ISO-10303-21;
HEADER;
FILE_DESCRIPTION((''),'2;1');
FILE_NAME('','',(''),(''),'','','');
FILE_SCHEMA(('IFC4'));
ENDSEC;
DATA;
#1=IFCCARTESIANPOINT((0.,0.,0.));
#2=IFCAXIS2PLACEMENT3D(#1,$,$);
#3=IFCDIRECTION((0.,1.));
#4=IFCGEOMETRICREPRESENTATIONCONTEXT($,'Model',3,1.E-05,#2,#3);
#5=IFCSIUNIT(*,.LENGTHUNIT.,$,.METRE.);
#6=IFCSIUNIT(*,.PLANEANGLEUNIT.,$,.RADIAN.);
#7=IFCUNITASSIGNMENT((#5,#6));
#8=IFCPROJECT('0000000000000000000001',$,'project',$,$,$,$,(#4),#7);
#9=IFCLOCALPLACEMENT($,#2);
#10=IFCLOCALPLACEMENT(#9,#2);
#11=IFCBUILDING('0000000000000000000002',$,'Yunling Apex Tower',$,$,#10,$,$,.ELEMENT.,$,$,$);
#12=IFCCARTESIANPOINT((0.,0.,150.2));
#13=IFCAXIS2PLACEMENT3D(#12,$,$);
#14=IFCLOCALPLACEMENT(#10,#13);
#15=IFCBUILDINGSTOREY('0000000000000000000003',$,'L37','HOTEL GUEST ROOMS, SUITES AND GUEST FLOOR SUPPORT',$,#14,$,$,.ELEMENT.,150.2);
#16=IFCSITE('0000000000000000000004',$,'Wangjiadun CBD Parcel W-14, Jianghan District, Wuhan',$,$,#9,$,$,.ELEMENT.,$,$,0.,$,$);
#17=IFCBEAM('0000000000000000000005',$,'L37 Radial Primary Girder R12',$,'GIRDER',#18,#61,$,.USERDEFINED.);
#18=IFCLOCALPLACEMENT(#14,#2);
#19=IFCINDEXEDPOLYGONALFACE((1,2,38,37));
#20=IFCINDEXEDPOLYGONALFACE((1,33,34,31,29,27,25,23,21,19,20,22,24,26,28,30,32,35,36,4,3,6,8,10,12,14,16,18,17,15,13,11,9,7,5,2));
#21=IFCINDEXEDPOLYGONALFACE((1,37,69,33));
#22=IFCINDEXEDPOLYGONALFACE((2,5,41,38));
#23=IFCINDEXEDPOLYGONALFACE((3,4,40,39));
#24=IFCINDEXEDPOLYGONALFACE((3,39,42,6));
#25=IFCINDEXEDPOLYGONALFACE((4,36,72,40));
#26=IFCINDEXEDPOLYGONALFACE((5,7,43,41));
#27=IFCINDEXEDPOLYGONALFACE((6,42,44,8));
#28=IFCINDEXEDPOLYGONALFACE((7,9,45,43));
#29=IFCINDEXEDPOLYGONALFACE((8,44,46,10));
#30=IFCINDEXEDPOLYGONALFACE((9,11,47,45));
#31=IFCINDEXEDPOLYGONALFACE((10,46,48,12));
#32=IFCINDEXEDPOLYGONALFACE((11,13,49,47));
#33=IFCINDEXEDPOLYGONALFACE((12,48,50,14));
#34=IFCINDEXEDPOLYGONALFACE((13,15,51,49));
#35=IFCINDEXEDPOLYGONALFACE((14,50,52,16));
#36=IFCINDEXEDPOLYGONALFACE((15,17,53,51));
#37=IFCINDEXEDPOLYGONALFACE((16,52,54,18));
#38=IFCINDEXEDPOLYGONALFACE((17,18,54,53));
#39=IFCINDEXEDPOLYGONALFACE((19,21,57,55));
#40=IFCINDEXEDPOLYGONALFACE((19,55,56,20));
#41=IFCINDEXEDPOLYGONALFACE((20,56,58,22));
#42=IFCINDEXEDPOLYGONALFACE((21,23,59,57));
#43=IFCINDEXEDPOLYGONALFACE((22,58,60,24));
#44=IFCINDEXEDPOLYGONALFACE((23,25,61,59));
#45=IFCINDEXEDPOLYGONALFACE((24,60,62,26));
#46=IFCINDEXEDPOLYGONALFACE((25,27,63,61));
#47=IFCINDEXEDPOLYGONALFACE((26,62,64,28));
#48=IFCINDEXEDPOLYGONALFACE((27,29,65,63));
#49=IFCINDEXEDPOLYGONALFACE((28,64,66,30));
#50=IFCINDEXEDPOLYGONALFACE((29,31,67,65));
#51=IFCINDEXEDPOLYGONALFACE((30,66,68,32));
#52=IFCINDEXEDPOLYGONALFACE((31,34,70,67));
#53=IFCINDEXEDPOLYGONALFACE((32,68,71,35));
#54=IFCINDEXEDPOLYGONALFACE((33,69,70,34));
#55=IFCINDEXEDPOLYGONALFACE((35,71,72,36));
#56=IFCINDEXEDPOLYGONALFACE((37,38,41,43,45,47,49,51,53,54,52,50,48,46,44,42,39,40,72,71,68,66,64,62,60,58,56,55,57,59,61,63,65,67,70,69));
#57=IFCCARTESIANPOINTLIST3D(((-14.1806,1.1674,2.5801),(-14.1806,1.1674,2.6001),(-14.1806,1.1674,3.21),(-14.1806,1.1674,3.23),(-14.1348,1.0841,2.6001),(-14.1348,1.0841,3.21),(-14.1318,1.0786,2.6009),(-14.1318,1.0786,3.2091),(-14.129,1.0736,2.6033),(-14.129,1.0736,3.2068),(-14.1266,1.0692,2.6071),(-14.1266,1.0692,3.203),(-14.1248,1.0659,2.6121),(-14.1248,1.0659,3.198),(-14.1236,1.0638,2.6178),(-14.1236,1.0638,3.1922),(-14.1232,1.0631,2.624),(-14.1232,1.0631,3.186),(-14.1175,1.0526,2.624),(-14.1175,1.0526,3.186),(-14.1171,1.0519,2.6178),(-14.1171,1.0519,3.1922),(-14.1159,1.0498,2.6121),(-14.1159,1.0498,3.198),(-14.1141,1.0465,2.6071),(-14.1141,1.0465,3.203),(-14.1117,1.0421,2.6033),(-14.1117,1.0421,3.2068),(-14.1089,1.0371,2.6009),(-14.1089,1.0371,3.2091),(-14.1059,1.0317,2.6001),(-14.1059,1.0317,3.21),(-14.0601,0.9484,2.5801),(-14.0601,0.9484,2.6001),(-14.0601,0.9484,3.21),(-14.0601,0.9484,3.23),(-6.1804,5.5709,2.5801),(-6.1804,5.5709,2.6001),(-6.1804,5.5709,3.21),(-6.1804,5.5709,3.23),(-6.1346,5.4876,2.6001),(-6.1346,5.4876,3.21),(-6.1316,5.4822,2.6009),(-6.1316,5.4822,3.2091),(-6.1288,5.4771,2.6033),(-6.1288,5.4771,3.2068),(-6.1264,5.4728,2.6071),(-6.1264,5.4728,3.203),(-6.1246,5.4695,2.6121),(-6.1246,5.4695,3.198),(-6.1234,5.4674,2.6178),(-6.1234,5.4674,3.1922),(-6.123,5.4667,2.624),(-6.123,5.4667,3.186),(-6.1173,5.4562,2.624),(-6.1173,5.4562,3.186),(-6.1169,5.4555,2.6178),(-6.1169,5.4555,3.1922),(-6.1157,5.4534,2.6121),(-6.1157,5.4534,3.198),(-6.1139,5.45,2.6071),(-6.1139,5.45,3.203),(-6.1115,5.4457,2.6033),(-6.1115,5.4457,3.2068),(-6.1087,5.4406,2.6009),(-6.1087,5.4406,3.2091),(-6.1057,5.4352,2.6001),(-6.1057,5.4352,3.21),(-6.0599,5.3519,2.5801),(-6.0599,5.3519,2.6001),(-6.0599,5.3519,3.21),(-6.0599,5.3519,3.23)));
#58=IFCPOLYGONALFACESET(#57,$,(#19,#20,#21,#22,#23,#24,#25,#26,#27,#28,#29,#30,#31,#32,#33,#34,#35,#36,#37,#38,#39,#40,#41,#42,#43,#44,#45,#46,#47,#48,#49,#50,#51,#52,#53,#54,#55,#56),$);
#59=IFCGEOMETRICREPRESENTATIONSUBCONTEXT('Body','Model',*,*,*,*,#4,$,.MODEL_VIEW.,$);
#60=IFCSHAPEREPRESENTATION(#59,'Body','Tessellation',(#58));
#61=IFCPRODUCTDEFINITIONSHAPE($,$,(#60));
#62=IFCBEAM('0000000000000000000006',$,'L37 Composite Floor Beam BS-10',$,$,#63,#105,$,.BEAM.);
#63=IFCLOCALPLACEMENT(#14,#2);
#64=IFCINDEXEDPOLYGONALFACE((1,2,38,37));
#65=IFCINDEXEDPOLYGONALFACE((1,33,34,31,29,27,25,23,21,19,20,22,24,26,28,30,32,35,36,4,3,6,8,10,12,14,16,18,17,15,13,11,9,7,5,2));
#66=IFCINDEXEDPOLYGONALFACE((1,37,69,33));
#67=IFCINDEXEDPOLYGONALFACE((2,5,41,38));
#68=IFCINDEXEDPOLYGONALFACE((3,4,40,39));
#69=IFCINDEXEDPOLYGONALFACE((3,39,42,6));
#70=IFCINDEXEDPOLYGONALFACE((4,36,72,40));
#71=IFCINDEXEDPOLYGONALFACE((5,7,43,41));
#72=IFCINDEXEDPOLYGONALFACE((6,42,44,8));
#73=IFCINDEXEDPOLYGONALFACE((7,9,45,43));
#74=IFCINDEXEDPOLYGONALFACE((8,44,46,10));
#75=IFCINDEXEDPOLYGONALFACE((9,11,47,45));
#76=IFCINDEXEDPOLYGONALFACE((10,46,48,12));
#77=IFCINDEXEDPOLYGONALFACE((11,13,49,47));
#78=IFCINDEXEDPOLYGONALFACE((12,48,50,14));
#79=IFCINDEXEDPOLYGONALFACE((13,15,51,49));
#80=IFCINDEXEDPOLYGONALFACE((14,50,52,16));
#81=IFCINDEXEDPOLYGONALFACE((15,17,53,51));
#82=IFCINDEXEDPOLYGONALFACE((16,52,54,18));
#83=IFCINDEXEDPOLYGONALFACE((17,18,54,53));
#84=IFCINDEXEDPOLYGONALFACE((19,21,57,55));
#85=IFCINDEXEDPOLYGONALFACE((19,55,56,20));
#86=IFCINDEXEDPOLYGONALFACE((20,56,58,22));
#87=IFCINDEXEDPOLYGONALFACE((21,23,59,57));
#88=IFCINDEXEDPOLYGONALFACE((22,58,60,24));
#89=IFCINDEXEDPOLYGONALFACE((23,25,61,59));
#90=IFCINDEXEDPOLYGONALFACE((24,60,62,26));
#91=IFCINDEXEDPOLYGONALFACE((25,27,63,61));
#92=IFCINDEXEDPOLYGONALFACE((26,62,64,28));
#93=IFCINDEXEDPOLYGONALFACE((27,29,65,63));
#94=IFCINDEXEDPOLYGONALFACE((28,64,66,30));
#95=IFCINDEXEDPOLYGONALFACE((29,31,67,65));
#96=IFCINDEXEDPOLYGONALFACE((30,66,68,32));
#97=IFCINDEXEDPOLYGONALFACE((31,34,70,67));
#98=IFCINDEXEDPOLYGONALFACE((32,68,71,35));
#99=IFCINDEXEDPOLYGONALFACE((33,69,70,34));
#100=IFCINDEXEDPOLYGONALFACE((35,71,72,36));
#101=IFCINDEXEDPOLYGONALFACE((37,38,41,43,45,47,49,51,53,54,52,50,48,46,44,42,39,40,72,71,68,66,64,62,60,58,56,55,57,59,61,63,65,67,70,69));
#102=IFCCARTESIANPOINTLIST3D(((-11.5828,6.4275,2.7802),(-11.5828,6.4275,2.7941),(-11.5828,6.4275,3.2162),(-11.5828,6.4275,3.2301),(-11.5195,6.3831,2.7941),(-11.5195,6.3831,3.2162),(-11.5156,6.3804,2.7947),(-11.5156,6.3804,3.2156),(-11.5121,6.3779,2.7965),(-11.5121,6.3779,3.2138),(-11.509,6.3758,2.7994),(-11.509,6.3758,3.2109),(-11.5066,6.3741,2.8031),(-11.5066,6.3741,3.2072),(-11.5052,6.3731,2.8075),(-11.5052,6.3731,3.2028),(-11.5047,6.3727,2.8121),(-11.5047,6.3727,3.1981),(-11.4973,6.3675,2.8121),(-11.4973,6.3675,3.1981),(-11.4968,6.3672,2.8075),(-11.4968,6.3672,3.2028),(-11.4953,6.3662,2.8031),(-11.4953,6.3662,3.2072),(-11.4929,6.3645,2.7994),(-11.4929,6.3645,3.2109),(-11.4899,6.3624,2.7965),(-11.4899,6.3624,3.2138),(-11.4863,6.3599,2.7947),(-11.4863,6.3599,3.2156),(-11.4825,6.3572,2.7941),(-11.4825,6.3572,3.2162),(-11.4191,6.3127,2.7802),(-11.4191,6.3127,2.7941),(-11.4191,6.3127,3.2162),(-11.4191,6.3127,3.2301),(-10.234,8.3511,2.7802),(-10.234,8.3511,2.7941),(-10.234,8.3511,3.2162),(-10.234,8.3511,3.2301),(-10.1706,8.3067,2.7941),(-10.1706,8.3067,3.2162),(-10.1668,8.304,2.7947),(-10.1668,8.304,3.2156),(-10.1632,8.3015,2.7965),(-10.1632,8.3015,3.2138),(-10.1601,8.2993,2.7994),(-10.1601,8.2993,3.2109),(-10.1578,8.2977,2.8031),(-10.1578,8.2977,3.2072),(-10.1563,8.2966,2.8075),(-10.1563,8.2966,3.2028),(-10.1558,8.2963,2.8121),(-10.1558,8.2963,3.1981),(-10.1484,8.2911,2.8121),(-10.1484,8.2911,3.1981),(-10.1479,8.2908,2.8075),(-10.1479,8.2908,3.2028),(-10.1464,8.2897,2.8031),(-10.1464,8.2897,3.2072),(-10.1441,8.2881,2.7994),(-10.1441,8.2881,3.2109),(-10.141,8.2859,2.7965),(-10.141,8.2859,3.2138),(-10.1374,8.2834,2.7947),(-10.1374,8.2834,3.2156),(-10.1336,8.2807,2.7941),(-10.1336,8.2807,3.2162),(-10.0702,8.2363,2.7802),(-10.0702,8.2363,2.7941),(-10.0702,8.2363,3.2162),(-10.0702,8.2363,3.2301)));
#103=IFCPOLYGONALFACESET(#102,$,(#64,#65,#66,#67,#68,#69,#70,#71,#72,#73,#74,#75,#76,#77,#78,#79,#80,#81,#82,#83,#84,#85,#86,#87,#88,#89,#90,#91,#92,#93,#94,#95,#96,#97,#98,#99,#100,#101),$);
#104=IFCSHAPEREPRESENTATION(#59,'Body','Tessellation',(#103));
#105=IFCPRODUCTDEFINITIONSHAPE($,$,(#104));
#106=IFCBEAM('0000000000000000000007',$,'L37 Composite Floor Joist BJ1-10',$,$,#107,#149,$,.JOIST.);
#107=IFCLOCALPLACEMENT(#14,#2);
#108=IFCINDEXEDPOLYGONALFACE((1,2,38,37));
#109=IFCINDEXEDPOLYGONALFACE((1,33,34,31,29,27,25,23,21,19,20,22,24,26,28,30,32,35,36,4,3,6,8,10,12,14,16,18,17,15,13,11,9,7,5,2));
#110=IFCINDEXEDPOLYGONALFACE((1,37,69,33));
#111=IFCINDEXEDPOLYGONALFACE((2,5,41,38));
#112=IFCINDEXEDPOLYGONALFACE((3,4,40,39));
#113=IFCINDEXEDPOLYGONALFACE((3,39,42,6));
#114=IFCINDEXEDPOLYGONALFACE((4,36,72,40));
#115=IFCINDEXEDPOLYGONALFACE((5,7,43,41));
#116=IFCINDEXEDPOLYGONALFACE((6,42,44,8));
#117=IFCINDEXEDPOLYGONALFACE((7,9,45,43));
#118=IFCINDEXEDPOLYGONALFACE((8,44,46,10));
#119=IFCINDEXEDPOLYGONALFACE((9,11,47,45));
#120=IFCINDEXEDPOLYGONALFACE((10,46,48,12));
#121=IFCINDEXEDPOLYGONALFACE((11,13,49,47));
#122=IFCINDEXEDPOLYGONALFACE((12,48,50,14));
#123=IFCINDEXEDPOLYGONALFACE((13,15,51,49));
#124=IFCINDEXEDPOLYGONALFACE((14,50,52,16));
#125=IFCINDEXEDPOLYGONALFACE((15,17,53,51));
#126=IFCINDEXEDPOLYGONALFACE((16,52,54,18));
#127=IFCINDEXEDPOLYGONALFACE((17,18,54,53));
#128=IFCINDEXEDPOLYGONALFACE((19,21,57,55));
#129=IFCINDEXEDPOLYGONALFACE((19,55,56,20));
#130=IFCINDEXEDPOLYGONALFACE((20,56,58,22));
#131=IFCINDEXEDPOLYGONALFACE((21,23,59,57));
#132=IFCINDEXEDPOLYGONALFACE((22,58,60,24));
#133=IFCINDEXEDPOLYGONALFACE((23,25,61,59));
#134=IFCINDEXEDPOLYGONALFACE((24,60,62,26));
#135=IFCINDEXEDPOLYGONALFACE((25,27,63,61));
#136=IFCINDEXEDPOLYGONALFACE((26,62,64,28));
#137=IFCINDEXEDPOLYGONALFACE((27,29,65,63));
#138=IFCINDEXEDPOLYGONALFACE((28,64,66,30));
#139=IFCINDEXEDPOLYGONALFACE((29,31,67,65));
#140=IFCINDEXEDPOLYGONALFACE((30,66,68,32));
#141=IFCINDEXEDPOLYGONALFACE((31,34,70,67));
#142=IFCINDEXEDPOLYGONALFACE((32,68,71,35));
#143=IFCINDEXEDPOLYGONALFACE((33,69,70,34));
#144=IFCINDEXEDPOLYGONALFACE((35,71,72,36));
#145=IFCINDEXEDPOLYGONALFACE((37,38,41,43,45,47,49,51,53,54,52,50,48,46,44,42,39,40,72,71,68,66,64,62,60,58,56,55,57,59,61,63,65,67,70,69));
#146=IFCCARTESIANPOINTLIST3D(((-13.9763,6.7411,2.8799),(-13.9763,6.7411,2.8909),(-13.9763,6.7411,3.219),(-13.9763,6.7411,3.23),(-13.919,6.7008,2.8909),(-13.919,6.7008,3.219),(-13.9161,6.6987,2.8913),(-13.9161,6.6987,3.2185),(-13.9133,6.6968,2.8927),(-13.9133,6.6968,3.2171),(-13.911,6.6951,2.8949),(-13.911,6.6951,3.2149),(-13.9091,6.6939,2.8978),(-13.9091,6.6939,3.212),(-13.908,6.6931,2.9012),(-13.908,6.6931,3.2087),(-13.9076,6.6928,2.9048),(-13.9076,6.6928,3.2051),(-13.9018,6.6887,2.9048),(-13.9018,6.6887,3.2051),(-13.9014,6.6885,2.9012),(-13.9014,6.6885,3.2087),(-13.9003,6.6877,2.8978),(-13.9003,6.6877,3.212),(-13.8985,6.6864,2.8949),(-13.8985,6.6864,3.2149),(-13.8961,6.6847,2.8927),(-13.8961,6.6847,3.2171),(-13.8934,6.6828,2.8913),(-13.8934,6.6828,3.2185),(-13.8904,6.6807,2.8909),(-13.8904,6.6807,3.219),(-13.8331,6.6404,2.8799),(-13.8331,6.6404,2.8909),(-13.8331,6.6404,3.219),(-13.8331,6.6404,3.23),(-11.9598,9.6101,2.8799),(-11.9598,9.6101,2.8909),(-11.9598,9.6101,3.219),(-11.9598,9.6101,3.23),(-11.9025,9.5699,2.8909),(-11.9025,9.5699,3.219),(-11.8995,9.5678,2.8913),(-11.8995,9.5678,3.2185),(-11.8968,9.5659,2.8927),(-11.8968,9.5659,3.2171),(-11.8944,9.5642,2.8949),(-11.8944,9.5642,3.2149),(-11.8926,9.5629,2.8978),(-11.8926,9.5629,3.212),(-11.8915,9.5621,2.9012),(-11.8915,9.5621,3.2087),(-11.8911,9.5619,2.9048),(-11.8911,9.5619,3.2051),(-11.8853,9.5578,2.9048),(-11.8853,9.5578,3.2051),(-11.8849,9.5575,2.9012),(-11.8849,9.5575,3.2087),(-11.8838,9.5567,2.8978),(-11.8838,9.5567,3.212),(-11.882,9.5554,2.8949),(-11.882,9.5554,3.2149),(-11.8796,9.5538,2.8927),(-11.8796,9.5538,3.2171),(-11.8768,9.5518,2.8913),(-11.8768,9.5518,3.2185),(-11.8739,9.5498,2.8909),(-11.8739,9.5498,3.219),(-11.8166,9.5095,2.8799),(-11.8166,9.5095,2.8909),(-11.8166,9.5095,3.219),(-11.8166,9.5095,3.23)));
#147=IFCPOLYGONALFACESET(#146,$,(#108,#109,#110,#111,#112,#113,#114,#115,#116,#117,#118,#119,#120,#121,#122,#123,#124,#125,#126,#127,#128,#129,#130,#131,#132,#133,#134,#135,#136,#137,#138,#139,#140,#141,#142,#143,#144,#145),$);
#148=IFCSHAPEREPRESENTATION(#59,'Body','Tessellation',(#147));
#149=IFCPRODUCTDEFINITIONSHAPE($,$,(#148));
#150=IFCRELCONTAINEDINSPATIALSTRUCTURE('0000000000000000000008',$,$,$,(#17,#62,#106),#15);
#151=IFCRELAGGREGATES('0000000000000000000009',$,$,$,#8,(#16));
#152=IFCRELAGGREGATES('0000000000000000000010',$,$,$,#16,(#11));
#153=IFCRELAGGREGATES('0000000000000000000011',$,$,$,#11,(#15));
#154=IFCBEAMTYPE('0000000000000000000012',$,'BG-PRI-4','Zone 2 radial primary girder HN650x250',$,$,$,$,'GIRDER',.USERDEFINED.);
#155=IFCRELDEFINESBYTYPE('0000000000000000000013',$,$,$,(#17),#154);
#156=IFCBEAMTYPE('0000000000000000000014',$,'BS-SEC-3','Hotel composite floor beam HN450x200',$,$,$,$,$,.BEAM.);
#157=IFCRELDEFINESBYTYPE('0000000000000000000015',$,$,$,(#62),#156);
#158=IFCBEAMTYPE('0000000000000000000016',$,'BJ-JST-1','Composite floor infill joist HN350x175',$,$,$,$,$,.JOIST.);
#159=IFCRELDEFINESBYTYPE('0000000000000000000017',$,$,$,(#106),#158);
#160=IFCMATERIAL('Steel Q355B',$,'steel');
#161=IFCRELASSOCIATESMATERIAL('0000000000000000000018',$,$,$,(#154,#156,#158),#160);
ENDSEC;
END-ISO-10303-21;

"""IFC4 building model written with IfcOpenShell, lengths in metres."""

from ifc_helpers import new_model, si_unit, direction, frame, origin, origin_2d, place, context, subcontext, project, spatial, i_section, extrude, source, transform, mapped, material, material_profile, profile_set, type_object, element, save


model = new_model("IFC4")

# Units and contexts
model_context = context("Model", 3, precision=1e-05, world=origin(), true_north=direction((0.0, 1.0)))
body_context = subcontext(model_context, "Body", "Model", "MODEL_VIEW")
ifc_project = project(units=[si_unit("LENGTHUNIT", "METRE"), si_unit("PLANEANGLEUNIT", "RADIAN")], contexts=[model_context])

# Site, building, storey
site_placement = place(None, origin())
site = spatial("IfcSite", under=ifc_project, at=site_placement, Name="Wangjiadun CBD Parcel W-14, Jianghan District, Wuhan", CompositionType="ELEMENT", RefElevation=0.0)
building_placement = place(site_placement, origin())
building = spatial("IfcBuilding", under=site, at=building_placement, Name="Yunling Apex Tower", CompositionType="ELEMENT")
storey_placement = place(building_placement, frame((0.0, 0.0, 150.2)))
storey = spatial("IfcBuildingStorey", under=building, at=storey_placement, Name="L37", Description="HOTEL GUEST ROOMS, SUITES AND GUEST FLOOR SUPPORT", CompositionType="ELEMENT", Elevation=150.2)

# Beams
ifc_material_1 = material(Name="Steel Q355B", Category="steel")
ifc_material_profile_1 = material_profile(ifc_material_1, i_section(OverallWidth=0.25, OverallDepth=0.6499, WebThickness=0.012, FlangeThickness=0.02, FilletRadius=0.0239, at=origin_2d()))
ifc_profile_set_1 = profile_set([ifc_material_profile_1], Name="Steel Q355B")
beam_type_1 = type_object("IfcBeamType", Name="BG-PRI-4", Description="Zone 2 radial primary girder HN650x250", ElementType="GIRDER", PredefinedType="USERDEFINED", material=ifc_profile_set_1)
shared_shape_1 = source(origin(), body_context, "Body", "SweptSolid", [
    extrude(i_section(OverallWidth=0.25, OverallDepth=0.6499, WebThickness=0.012, FlangeThickness=0.02, FilletRadius=0.0239, at=origin_2d()), origin(), (0.0, 0.0, 1.0), 9.1321),
])
beam_1_placement = place(storey_placement, frame((-14.1204, 1.0579, 2.905), z_axis=(0.876057, 0.482207, 0.0), x_axis=(-0.482207, 0.876057, 0.0)))
element("IfcBeam", 1, at=beam_1_placement, inside=storey, type_object=beam_type_1, Name="L37 Radial Primary Girder R12", ObjectType="GIRDER", PredefinedType="USERDEFINED", context=body_context, shape_type="MappedRepresentation", body=[
    mapped(shared_shape_1, transform((0.0, 0.0, 0.0), scale=1.0)),
])
ifc_material_profile_2 = material_profile(ifc_material_1, i_section(OverallWidth=0.2, OverallDepth=0.45, WebThickness=0.009, FlangeThickness=0.0139, FilletRadius=0.0181, at=origin_2d()))
ifc_profile_set_2 = profile_set([ifc_material_profile_2], Name="Steel Q355B")
beam_type_2 = type_object("IfcBeamType", Name="BS-SEC-3", Description="Hotel composite floor beam HN450x200", PredefinedType="BEAM", material=ifc_profile_set_2)
shared_shape_2 = source(origin(), body_context, "Body", "SweptSolid", [
    extrude(i_section(OverallWidth=0.2, OverallDepth=0.45, WebThickness=0.009, FlangeThickness=0.0139, FilletRadius=0.0181, at=origin_2d()), origin(), (0.0, 0.0, 1.0), 2.3494),
])
beam_2_placement = place(storey_placement, frame((-10.1521, 8.2937, 3.0051), z_axis=(-0.574139, -0.818758, 0.0), x_axis=(0.818758, -0.574139, 0.0)))
element("IfcBeam", 2, at=beam_2_placement, inside=storey, type_object=beam_type_2, Name="L37 Composite Floor Beam BS-10", PredefinedType="BEAM", context=body_context, shape_type="MappedRepresentation", body=[
    mapped(shared_shape_2, transform((0.0, 0.0, 0.0), scale=1.0)),
])
ifc_material_profile_3 = material_profile(ifc_material_1, i_section(OverallWidth=0.175, OverallDepth=0.3501, WebThickness=0.0071, FlangeThickness=0.011, FilletRadius=0.0139, at=origin_2d()))
ifc_profile_set_3 = profile_set([ifc_material_profile_3], Name="Steel Q355B")
beam_type_3 = type_object("IfcBeamType", Name="BJ-JST-1", Description="Composite floor infill joist HN350x175", PredefinedType="JOIST", material=ifc_profile_set_3)
shared_shape_3 = source(origin(), body_context, "Body", "SweptSolid", [
    extrude(i_section(OverallWidth=0.175, OverallDepth=0.3501, WebThickness=0.0071, FlangeThickness=0.011, FilletRadius=0.0139, at=origin_2d()), origin(), (0.0, 0.0, 1.0), 3.5068),
])
beam_3_placement = place(storey_placement, frame((-11.8882, 9.5598, 3.0549), z_axis=(-0.575031, -0.818132, 0.0), x_axis=(0.818132, -0.575031, 0.0)))
element("IfcBeam", 3, at=beam_3_placement, inside=storey, type_object=beam_type_3, Name="L37 Composite Floor Joist BJ1-10", PredefinedType="JOIST", context=body_context, shape_type="MappedRepresentation", body=[
    mapped(shared_shape_3, transform((0.0, 0.0, 0.0), scale=1.0)),
])

save(model, "model.ifc")
